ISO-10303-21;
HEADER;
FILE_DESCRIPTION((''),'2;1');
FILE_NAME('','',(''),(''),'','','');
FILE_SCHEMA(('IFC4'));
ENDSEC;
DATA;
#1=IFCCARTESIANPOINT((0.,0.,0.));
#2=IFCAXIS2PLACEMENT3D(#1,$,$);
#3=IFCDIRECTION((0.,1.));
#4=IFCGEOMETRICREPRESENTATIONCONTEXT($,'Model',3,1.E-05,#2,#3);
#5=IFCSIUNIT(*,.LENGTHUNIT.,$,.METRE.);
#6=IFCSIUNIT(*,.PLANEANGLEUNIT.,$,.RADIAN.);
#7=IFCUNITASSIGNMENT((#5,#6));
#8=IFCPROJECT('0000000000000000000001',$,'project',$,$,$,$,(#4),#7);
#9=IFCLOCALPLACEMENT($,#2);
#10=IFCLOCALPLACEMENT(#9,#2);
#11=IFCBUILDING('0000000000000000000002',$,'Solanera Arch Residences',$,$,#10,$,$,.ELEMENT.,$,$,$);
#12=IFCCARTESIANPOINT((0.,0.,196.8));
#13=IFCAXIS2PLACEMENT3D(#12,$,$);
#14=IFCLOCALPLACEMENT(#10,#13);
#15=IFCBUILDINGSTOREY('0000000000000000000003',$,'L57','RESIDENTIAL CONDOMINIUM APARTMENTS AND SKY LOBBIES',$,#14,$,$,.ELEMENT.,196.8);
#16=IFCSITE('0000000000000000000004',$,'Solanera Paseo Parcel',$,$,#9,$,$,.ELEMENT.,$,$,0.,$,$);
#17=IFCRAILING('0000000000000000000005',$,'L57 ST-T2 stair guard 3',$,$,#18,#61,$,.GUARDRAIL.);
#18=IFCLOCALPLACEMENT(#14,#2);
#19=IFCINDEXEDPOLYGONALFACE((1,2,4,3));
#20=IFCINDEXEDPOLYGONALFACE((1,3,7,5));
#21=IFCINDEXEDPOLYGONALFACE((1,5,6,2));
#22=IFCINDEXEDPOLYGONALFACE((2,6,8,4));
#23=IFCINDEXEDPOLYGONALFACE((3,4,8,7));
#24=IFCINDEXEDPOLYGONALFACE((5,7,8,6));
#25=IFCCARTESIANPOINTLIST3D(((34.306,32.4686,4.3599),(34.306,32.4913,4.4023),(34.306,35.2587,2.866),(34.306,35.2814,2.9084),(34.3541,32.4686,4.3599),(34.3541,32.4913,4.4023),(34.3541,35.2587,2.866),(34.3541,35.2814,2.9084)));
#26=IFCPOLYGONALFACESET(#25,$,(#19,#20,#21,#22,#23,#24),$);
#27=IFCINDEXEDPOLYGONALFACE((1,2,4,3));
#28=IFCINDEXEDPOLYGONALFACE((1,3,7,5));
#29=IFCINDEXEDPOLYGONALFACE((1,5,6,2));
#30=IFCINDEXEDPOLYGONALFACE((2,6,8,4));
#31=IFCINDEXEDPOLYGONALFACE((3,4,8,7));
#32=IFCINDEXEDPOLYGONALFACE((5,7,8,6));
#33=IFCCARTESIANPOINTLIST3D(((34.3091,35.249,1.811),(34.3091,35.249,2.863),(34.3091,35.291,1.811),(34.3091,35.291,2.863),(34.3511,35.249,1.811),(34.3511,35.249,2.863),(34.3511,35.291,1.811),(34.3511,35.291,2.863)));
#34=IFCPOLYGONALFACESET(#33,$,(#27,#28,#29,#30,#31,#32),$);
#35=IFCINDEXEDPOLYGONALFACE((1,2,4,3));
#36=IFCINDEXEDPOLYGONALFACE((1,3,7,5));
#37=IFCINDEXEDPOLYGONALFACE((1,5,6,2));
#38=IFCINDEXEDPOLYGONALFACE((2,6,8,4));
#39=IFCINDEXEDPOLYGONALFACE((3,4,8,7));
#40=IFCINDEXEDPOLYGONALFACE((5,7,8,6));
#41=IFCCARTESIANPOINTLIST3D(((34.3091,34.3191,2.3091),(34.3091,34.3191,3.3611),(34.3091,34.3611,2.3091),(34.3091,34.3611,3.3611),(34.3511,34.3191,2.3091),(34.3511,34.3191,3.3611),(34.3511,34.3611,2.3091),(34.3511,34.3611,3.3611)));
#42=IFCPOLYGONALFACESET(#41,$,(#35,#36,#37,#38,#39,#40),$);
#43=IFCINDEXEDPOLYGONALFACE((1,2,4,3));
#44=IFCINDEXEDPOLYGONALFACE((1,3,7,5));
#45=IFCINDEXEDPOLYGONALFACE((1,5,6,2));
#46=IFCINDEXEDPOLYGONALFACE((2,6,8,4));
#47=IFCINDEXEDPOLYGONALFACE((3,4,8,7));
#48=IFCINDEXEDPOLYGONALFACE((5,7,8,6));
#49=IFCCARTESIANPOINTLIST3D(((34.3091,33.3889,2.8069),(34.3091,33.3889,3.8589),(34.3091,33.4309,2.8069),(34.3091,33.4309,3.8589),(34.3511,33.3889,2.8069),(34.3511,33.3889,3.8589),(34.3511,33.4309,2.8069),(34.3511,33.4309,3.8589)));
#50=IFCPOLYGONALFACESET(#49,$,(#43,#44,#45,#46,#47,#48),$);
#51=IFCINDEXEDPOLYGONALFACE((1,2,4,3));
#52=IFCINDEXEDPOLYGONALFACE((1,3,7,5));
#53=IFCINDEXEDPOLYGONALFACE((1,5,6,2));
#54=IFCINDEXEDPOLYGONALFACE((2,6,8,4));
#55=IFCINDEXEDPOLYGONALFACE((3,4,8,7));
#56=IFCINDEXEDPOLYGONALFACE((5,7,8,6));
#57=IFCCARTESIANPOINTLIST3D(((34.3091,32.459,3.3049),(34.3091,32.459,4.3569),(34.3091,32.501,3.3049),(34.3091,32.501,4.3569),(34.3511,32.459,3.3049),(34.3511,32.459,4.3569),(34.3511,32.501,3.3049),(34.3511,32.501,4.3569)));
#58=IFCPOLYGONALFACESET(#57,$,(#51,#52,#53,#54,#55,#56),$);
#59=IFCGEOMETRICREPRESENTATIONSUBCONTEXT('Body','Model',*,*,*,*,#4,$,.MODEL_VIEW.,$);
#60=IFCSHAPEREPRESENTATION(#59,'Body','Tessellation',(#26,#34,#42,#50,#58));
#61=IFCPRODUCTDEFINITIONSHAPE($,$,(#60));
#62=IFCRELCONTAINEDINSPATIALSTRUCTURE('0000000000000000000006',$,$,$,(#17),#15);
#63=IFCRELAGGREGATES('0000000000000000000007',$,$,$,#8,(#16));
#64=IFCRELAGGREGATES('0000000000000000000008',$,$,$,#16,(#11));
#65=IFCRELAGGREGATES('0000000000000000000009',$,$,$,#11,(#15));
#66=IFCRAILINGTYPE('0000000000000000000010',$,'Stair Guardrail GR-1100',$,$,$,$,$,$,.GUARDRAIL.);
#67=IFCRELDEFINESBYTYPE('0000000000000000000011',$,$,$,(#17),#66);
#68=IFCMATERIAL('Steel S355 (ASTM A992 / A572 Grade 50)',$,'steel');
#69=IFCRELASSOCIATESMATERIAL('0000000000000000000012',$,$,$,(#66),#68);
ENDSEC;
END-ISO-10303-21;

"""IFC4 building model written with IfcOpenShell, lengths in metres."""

from ifc_helpers import new_model, si_unit, direction, frame, origin, origin_2d, place, context, subcontext, project, spatial, rectangle, extrude, material, type_object, element, save


model = new_model("IFC4")

# Units and contexts
model_context = context("Model", 3, precision=1e-05, world=origin(), true_north=direction((0.0, 1.0)))
body_context = subcontext(model_context, "Body", "Model", "MODEL_VIEW")
ifc_project = project(units=[si_unit("LENGTHUNIT", "METRE"), si_unit("PLANEANGLEUNIT", "RADIAN")], contexts=[model_context])

# Site, building, storey
site_placement = place(None, origin())
site = spatial("IfcSite", under=ifc_project, at=site_placement, Name="Solanera Paseo Parcel", CompositionType="ELEMENT", RefElevation=0.0)
building_placement = place(site_placement, origin())
building = spatial("IfcBuilding", under=site, at=building_placement, Name="Solanera Arch Residences", CompositionType="ELEMENT")
storey_placement = place(building_placement, frame((0.0, 0.0, 196.8)))
storey = spatial("IfcBuildingStorey", under=building, at=storey_placement, Name="L57", Description="RESIDENTIAL CONDOMINIUM APARTMENTS AND SKY LOBBIES", CompositionType="ELEMENT", Elevation=196.8)

# Railing
ifc_material_1 = material(Name="Steel S355 (ASTM A992 / A572 Grade 50)", Category="steel")
railing_type_1 = type_object("IfcRailingType", Name="Stair Guardrail GR-1100", PredefinedType="GUARDRAIL", material=ifc_material_1)
railing_1_placement = place(storey_placement, frame((34.3301, 35.27, 1.811)))
element("IfcRailing", 1, at=railing_1_placement, inside=storey, type_object=railing_type_1, Name="L57 ST-T2 stair guard 3", PredefinedType="GUARDRAIL", context=body_context, shape_type="SweptSolid", body=[
    extrude(rectangle(XDim=0.0481, YDim=0.0481, at=origin_2d()), frame((0.0, 0.0, 1.0762), z_axis=(0.0, -0.881581, 0.472033), x_axis=(1.0, 0.0, 0.0)), (0.0, 0.0, 1.0), 3.1648),
    extrude(rectangle(XDim=0.042, YDim=0.042, at=origin_2d()), origin(), (0.0, 0.0, 1.0), 1.052),
    extrude(rectangle(XDim=0.042, YDim=0.042, at=origin_2d()), frame((0.0, -0.9299, 0.498)), (0.0, 0.0, 1.0), 1.052),
    extrude(rectangle(XDim=0.042, YDim=0.042, at=origin_2d()), frame((0.0, -1.8601, 0.9958)), (0.0, 0.0, 1.0), 1.052),
    extrude(rectangle(XDim=0.042, YDim=0.042, at=origin_2d()), frame((0.0, -2.79, 1.4939)), (0.0, 0.0, 1.0), 1.052),
])

save(model, "model.ifc")
